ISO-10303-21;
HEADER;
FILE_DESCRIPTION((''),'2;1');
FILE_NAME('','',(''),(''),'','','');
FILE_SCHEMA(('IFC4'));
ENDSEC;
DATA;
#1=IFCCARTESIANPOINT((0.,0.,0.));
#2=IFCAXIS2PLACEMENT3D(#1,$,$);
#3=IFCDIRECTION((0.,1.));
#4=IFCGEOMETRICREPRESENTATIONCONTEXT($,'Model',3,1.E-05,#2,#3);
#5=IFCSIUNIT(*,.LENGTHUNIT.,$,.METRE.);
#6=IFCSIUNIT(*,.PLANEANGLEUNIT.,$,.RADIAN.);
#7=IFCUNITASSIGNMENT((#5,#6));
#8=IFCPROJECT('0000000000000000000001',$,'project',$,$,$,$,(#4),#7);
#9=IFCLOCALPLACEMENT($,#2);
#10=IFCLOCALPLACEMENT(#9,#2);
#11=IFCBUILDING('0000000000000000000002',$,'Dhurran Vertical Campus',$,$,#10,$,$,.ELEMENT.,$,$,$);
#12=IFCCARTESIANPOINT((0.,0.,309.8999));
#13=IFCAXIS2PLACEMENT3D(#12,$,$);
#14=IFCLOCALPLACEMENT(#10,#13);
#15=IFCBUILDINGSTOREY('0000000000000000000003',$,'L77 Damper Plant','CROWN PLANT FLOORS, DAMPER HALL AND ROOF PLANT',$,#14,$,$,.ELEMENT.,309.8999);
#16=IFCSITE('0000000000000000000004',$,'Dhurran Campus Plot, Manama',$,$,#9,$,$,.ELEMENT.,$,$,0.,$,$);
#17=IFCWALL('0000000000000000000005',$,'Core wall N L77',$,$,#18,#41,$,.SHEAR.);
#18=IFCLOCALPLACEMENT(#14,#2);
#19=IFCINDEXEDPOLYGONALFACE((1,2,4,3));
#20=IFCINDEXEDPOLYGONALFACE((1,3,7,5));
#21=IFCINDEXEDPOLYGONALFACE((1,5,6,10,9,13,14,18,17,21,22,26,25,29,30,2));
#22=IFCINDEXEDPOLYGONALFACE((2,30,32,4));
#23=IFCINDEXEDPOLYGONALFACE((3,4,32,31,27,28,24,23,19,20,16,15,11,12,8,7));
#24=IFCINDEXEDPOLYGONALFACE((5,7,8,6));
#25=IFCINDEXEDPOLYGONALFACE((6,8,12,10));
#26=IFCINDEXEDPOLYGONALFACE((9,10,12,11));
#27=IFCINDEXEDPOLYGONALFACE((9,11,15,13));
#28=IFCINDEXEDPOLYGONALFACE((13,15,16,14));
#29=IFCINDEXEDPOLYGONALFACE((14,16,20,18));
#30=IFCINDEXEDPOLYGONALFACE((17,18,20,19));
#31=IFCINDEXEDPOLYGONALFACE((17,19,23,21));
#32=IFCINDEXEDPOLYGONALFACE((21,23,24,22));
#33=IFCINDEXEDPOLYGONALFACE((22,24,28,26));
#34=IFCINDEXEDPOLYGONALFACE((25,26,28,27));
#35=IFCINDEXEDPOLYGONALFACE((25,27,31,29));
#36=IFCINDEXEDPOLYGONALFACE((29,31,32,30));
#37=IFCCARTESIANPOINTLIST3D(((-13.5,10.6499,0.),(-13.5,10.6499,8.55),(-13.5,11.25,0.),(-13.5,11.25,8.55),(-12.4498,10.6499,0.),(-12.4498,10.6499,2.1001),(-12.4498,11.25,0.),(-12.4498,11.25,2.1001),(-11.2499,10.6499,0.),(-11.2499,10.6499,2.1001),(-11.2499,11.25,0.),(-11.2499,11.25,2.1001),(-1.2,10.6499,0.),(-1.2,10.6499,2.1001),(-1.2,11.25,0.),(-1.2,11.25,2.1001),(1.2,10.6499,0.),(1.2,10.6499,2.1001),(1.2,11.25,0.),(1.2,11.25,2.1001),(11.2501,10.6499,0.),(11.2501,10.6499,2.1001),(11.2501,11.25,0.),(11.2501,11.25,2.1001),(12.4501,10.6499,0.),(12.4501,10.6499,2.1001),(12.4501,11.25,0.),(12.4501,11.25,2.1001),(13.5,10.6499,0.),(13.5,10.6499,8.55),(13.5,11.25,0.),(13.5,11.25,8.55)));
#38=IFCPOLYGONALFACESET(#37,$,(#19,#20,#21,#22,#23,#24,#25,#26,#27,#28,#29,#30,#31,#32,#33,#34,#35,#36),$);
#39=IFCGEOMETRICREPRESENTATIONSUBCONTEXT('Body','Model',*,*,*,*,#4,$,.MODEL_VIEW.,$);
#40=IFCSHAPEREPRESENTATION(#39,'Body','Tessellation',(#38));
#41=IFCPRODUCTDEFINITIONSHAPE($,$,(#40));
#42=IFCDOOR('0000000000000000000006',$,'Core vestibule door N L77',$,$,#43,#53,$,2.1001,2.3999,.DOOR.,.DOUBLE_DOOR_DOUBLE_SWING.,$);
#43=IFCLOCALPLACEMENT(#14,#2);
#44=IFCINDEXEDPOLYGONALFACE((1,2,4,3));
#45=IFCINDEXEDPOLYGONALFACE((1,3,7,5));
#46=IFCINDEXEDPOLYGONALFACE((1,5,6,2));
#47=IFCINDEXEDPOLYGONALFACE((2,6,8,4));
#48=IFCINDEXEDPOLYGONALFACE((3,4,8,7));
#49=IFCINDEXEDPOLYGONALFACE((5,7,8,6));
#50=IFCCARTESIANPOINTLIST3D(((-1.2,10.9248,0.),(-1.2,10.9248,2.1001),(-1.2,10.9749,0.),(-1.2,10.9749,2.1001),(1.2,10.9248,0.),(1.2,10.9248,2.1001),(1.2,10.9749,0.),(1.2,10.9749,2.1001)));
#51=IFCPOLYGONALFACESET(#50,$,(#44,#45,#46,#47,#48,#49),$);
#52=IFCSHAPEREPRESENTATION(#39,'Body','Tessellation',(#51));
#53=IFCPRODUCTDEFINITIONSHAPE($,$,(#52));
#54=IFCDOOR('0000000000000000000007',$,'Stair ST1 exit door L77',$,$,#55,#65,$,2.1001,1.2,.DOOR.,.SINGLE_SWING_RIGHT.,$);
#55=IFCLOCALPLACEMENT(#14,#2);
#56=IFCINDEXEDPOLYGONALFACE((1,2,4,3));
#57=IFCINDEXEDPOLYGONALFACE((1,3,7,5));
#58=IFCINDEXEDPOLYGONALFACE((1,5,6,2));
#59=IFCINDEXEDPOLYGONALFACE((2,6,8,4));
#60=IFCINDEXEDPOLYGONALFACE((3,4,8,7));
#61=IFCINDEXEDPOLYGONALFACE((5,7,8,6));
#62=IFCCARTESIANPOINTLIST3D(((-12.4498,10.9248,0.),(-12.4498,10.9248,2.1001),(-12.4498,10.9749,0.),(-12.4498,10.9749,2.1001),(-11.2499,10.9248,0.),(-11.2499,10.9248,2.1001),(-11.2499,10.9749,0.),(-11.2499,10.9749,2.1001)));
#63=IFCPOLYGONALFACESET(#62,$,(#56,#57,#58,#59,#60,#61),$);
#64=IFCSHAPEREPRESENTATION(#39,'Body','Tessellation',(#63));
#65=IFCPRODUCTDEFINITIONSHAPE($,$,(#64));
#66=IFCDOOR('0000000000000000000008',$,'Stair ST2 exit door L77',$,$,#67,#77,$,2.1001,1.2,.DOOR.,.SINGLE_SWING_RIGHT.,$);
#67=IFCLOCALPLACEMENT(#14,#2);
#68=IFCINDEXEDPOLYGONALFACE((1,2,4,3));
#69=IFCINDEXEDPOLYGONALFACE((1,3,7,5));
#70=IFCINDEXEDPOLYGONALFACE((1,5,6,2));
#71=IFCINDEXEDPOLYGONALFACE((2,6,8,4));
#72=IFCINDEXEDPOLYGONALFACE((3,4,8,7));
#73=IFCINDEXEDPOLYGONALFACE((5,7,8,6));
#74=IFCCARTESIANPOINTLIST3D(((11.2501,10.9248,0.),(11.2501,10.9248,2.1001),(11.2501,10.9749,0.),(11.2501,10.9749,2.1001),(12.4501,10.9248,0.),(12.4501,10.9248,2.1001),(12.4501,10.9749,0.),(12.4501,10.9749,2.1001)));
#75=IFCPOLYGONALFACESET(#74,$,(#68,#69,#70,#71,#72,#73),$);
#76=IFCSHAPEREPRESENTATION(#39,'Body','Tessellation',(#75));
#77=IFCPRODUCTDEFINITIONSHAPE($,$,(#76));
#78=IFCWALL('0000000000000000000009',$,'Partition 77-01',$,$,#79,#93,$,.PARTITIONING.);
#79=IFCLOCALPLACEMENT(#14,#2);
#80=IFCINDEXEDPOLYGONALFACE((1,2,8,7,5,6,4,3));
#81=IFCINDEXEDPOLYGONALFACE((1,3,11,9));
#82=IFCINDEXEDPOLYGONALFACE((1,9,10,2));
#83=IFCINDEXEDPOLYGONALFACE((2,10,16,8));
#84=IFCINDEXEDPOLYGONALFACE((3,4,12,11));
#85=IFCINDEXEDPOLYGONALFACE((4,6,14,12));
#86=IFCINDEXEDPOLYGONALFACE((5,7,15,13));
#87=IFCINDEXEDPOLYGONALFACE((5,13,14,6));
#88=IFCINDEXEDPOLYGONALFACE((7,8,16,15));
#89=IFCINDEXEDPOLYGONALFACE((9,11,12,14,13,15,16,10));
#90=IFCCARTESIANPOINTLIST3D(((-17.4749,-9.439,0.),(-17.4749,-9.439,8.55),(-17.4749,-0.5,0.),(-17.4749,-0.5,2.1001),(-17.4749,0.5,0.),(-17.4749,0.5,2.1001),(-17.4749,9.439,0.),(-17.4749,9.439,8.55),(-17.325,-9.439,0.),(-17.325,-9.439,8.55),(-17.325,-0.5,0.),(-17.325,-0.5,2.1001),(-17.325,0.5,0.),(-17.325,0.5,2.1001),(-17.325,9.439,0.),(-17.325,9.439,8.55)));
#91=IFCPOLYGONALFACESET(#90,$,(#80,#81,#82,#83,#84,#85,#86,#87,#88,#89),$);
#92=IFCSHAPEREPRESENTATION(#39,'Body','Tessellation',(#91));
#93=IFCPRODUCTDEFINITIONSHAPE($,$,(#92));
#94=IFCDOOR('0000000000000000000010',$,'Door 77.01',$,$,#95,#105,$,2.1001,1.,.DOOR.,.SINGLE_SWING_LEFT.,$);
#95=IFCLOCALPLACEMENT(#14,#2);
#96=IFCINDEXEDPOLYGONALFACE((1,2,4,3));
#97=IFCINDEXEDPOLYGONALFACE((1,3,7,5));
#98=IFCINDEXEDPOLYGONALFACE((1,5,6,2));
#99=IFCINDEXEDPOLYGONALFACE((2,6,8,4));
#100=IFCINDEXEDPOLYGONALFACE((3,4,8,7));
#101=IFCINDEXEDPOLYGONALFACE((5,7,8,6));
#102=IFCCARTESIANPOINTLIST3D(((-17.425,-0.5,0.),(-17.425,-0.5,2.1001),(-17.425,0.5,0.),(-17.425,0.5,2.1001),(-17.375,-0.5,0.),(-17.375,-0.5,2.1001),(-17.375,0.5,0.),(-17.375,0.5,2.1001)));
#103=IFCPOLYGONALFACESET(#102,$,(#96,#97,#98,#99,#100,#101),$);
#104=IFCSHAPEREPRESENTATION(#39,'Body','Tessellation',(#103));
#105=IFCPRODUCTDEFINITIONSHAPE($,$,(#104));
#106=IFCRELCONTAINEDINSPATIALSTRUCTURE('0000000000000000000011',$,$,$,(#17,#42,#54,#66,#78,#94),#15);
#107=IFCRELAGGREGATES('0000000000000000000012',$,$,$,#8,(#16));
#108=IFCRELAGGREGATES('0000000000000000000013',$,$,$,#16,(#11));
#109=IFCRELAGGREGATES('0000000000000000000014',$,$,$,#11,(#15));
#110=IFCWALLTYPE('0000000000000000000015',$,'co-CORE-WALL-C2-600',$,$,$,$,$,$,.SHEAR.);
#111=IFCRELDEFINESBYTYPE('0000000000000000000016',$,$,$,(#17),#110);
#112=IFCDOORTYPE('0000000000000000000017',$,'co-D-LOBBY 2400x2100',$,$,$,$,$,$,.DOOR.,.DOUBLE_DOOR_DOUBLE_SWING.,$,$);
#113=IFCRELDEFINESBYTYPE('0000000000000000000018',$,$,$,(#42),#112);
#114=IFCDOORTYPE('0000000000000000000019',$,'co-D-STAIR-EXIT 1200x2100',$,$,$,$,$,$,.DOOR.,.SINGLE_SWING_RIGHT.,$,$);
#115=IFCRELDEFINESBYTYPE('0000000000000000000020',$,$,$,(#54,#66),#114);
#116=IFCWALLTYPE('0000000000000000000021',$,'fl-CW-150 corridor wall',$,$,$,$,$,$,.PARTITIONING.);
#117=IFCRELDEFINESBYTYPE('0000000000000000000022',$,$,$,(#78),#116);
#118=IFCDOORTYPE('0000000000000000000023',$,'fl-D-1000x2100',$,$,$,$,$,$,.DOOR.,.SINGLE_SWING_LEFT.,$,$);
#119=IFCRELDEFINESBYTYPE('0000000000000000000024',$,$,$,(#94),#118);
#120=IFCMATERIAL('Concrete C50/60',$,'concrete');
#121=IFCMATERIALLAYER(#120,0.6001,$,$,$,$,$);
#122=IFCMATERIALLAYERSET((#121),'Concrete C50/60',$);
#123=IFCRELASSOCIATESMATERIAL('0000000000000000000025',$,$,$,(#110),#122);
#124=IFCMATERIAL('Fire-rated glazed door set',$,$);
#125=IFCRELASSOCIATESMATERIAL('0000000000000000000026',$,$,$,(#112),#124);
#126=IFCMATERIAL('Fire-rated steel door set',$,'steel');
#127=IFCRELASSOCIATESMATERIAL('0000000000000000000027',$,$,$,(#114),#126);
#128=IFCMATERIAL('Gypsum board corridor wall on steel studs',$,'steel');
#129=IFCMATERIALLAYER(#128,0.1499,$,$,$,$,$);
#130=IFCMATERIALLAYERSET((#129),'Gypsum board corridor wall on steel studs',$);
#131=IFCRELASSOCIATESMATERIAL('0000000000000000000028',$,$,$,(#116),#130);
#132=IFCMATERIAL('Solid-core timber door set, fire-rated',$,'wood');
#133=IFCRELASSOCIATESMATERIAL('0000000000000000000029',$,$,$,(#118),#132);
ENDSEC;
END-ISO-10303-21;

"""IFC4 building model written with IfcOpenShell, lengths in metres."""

from ifc_helpers import new_model, si_unit, direction, frame, frame_2d, origin, place, context, subcontext, project, spatial, rectangle, extrude, material, layer, layer_set, type_object, element, fill, save


model = new_model("IFC4")

# Units and contexts
model_context = context("Model", 3, precision=1e-05, world=origin(), true_north=direction((0.0, 1.0)))
body_context = subcontext(model_context, "Body", "Model", "MODEL_VIEW")
ifc_project = project(units=[si_unit("LENGTHUNIT", "METRE"), si_unit("PLANEANGLEUNIT", "RADIAN")], contexts=[model_context])

# Site, building, storey
site_placement = place(None, origin())
site = spatial("IfcSite", under=ifc_project, at=site_placement, Name="Dhurran Campus Plot, Manama", CompositionType="ELEMENT", RefElevation=0.0)
building_placement = place(site_placement, origin())
building = spatial("IfcBuilding", under=site, at=building_placement, Name="Dhurran Vertical Campus", CompositionType="ELEMENT")
storey_placement = place(building_placement, frame((0.0, 0.0, 309.8999)))
storey = spatial("IfcBuildingStorey", under=building, at=storey_placement, Name="L77 Damper Plant", Description="CROWN PLANT FLOORS, DAMPER HALL AND ROOF PLANT", CompositionType="ELEMENT", Elevation=309.8999)

# Wall, openings, doors
ifc_material_1 = material(Name="Concrete C50/60", Category="concrete")
ifc_layer_1 = layer(ifc_material_1, 0.6001)
ifc_layer_set_1 = layer_set([ifc_layer_1], Name="Concrete C50/60")
wall_type_1 = type_object("IfcWallType", Name="co-CORE-WALL-C2-600", PredefinedType="SHEAR", material=ifc_layer_set_1)
wall_1_placement = place(storey_placement, frame((-13.5, 10.95, 0.0), z_axis=(0.0, 0.0, 1.0), x_axis=(1.0, 0.0, 0.0)))
wall_1 = element("IfcWall", 1, at=wall_1_placement, inside=storey, type_object=wall_type_1, Name="Core wall N L77", PredefinedType="SHEAR", context=body_context, shape_type="SweptSolid", body=[
    extrude(rectangle(XDim=27.0, YDim=0.6001, at=frame_2d((13.5, 0.0))), origin(), (0.0, 0.0, 1.0), 8.55),
])
opening_1_placement = place(wall_1_placement, frame((12.3, 0.0, 0.0)))
opening_1 = element("IfcOpeningElement", 2, at=opening_1_placement, cuts=wall_1, PredefinedType="OPENING", context=body_context, shape_type="SweptSolid", body=[
    extrude(rectangle(XDim=2.3999, YDim=2.1001, at=frame_2d((1.2, 1.05))), frame((0.0, 0.3101, 0.0), z_axis=(0.0, -1.0, 0.0), x_axis=(1.0, 0.0, 0.0)), (0.0, 0.0, 1.0), 0.6201),
])
opening_2_placement = place(wall_1_placement, frame((1.05, 0.0, 0.0)))
opening_2 = element("IfcOpeningElement", 3, at=opening_2_placement, cuts=wall_1, PredefinedType="OPENING", context=body_context, shape_type="SweptSolid", body=[
    extrude(rectangle(XDim=1.2, YDim=2.1001, at=frame_2d((0.6001, 1.05))), frame((0.0, 0.3101, 0.0), z_axis=(0.0, -1.0, 0.0), x_axis=(1.0, 0.0, 0.0)), (0.0, 0.0, 1.0), 0.6201),
])
opening_3_placement = place(wall_1_placement, frame((24.75, 0.0, 0.0)))
opening_3 = element("IfcOpeningElement", 4, at=opening_3_placement, cuts=wall_1, PredefinedType="OPENING", context=body_context, shape_type="SweptSolid", body=[
    extrude(rectangle(XDim=1.2, YDim=2.1001, at=frame_2d((0.6001, 1.05))), frame((0.0, 0.3101, 0.0), z_axis=(0.0, -1.0, 0.0), x_axis=(1.0, 0.0, 0.0)), (0.0, 0.0, 1.0), 0.6201),
])
ifc_material_2 = material(Name="Fire-rated glazed door set")
door_type_1 = type_object("IfcDoorType", Name="co-D-LOBBY 2400x2100", OperationType="DOUBLE_DOOR_DOUBLE_SWING", PredefinedType="DOOR", material=ifc_material_2)
door_1_placement = place(opening_1_placement, origin())
door_1 = element("IfcDoor", 5, at=door_1_placement, inside=storey, type_object=door_type_1, Name="Core vestibule door N L77", OperationType="DOUBLE_DOOR_DOUBLE_SWING", OverallHeight=2.1001, OverallWidth=2.3999, PredefinedType="DOOR", context=body_context, shape_type="SweptSolid", body=[
    extrude(rectangle(XDim=2.3999, YDim=2.1001, at=frame_2d((1.2, 1.05))), frame((0.0, 0.0249, 0.0), z_axis=(0.0, -1.0, 0.0), x_axis=(1.0, 0.0, 0.0)), (0.0, 0.0, 1.0), 0.05),
])
fill(opening_1, door_1)
ifc_material_3 = material(Name="Fire-rated steel door set", Category="steel")
door_type_2 = type_object("IfcDoorType", Name="co-D-STAIR-EXIT 1200x2100", OperationType="SINGLE_SWING_RIGHT", PredefinedType="DOOR", material=ifc_material_3)
door_2_placement = place(opening_2_placement, origin())
door_2 = element("IfcDoor", 6, at=door_2_placement, inside=storey, type_object=door_type_2, Name="Stair ST1 exit door L77", OperationType="SINGLE_SWING_RIGHT", OverallHeight=2.1001, OverallWidth=1.2, PredefinedType="DOOR", context=body_context, shape_type="SweptSolid", body=[
    extrude(rectangle(XDim=1.2, YDim=2.1001, at=frame_2d((0.6001, 1.05))), frame((0.0, 0.0249, 0.0), z_axis=(0.0, -1.0, 0.0), x_axis=(1.0, 0.0, 0.0)), (0.0, 0.0, 1.0), 0.05),
])
fill(opening_2, door_2)
door_3_placement = place(opening_3_placement, origin())
door_3 = element("IfcDoor", 7, at=door_3_placement, inside=storey, type_object=door_type_2, Name="Stair ST2 exit door L77", OperationType="SINGLE_SWING_RIGHT", OverallHeight=2.1001, OverallWidth=1.2, PredefinedType="DOOR", context=body_context, shape_type="SweptSolid", body=[
    extrude(rectangle(XDim=1.2, YDim=2.1001, at=frame_2d((0.6001, 1.05))), frame((0.0, 0.0249, 0.0), z_axis=(0.0, -1.0, 0.0), x_axis=(1.0, 0.0, 0.0)), (0.0, 0.0, 1.0), 0.05),
])
fill(opening_3, door_3)

# Wall, opening, door
ifc_material_4 = material(Name="Gypsum board corridor wall on steel studs", Category="steel")
ifc_layer_2 = layer(ifc_material_4, 0.1499)
ifc_layer_set_2 = layer_set([ifc_layer_2], Name="Gypsum board corridor wall on steel studs")
wall_type_2 = type_object("IfcWallType", Name="fl-CW-150 corridor wall", PredefinedType="PARTITIONING", material=ifc_layer_set_2)
wall_2_placement = place(storey_placement, frame((-17.3999, 9.439, 0.0), z_axis=(0.0, 0.0, 1.0), x_axis=(0.0, -1.0, 0.0)))
wall_2 = element("IfcWall", 8, at=wall_2_placement, inside=storey, type_object=wall_type_2, Name="Partition 77-01", PredefinedType="PARTITIONING", context=body_context, shape_type="SweptSolid", body=[
    extrude(rectangle(XDim=18.8779, YDim=0.1499, at=frame_2d((9.439, 0.0))), origin(), (0.0, 0.0, 1.0), 8.55),
])
opening_4_placement = place(wall_2_placement, frame((8.939, 0.0, 0.0)))
opening_4 = element("IfcOpeningElement", 9, at=opening_4_placement, cuts=wall_2, PredefinedType="OPENING", context=body_context, shape_type="SweptSolid", body=[
    extrude(rectangle(XDim=1.0, YDim=2.1001, at=frame_2d((0.5, 1.05))), frame((0.0, 0.085, 0.0), z_axis=(0.0, -1.0, 0.0), x_axis=(1.0, 0.0, 0.0)), (0.0, 0.0, 1.0), 0.1699),
])
ifc_material_5 = material(Name="Solid-core timber door set, fire-rated", Category="wood")
door_type_3 = type_object("IfcDoorType", Name="fl-D-1000x2100", OperationType="SINGLE_SWING_LEFT", PredefinedType="DOOR", material=ifc_material_5)
door_4_placement = place(opening_4_placement, origin())
door_4 = element("IfcDoor", 10, at=door_4_placement, inside=storey, type_object=door_type_3, Name="Door 77.01", OperationType="SINGLE_SWING_LEFT", OverallHeight=2.1001, OverallWidth=1.0, PredefinedType="DOOR", context=body_context, shape_type="SweptSolid", body=[
    extrude(rectangle(XDim=1.0, YDim=2.1001, at=frame_2d((0.5, 1.05))), frame((0.0, 0.0249, 0.0), z_axis=(0.0, -1.0, 0.0), x_axis=(1.0, 0.0, 0.0)), (0.0, 0.0, 1.0), 0.05),
])
fill(opening_4, door_4)

save(model, "model.ifc")
